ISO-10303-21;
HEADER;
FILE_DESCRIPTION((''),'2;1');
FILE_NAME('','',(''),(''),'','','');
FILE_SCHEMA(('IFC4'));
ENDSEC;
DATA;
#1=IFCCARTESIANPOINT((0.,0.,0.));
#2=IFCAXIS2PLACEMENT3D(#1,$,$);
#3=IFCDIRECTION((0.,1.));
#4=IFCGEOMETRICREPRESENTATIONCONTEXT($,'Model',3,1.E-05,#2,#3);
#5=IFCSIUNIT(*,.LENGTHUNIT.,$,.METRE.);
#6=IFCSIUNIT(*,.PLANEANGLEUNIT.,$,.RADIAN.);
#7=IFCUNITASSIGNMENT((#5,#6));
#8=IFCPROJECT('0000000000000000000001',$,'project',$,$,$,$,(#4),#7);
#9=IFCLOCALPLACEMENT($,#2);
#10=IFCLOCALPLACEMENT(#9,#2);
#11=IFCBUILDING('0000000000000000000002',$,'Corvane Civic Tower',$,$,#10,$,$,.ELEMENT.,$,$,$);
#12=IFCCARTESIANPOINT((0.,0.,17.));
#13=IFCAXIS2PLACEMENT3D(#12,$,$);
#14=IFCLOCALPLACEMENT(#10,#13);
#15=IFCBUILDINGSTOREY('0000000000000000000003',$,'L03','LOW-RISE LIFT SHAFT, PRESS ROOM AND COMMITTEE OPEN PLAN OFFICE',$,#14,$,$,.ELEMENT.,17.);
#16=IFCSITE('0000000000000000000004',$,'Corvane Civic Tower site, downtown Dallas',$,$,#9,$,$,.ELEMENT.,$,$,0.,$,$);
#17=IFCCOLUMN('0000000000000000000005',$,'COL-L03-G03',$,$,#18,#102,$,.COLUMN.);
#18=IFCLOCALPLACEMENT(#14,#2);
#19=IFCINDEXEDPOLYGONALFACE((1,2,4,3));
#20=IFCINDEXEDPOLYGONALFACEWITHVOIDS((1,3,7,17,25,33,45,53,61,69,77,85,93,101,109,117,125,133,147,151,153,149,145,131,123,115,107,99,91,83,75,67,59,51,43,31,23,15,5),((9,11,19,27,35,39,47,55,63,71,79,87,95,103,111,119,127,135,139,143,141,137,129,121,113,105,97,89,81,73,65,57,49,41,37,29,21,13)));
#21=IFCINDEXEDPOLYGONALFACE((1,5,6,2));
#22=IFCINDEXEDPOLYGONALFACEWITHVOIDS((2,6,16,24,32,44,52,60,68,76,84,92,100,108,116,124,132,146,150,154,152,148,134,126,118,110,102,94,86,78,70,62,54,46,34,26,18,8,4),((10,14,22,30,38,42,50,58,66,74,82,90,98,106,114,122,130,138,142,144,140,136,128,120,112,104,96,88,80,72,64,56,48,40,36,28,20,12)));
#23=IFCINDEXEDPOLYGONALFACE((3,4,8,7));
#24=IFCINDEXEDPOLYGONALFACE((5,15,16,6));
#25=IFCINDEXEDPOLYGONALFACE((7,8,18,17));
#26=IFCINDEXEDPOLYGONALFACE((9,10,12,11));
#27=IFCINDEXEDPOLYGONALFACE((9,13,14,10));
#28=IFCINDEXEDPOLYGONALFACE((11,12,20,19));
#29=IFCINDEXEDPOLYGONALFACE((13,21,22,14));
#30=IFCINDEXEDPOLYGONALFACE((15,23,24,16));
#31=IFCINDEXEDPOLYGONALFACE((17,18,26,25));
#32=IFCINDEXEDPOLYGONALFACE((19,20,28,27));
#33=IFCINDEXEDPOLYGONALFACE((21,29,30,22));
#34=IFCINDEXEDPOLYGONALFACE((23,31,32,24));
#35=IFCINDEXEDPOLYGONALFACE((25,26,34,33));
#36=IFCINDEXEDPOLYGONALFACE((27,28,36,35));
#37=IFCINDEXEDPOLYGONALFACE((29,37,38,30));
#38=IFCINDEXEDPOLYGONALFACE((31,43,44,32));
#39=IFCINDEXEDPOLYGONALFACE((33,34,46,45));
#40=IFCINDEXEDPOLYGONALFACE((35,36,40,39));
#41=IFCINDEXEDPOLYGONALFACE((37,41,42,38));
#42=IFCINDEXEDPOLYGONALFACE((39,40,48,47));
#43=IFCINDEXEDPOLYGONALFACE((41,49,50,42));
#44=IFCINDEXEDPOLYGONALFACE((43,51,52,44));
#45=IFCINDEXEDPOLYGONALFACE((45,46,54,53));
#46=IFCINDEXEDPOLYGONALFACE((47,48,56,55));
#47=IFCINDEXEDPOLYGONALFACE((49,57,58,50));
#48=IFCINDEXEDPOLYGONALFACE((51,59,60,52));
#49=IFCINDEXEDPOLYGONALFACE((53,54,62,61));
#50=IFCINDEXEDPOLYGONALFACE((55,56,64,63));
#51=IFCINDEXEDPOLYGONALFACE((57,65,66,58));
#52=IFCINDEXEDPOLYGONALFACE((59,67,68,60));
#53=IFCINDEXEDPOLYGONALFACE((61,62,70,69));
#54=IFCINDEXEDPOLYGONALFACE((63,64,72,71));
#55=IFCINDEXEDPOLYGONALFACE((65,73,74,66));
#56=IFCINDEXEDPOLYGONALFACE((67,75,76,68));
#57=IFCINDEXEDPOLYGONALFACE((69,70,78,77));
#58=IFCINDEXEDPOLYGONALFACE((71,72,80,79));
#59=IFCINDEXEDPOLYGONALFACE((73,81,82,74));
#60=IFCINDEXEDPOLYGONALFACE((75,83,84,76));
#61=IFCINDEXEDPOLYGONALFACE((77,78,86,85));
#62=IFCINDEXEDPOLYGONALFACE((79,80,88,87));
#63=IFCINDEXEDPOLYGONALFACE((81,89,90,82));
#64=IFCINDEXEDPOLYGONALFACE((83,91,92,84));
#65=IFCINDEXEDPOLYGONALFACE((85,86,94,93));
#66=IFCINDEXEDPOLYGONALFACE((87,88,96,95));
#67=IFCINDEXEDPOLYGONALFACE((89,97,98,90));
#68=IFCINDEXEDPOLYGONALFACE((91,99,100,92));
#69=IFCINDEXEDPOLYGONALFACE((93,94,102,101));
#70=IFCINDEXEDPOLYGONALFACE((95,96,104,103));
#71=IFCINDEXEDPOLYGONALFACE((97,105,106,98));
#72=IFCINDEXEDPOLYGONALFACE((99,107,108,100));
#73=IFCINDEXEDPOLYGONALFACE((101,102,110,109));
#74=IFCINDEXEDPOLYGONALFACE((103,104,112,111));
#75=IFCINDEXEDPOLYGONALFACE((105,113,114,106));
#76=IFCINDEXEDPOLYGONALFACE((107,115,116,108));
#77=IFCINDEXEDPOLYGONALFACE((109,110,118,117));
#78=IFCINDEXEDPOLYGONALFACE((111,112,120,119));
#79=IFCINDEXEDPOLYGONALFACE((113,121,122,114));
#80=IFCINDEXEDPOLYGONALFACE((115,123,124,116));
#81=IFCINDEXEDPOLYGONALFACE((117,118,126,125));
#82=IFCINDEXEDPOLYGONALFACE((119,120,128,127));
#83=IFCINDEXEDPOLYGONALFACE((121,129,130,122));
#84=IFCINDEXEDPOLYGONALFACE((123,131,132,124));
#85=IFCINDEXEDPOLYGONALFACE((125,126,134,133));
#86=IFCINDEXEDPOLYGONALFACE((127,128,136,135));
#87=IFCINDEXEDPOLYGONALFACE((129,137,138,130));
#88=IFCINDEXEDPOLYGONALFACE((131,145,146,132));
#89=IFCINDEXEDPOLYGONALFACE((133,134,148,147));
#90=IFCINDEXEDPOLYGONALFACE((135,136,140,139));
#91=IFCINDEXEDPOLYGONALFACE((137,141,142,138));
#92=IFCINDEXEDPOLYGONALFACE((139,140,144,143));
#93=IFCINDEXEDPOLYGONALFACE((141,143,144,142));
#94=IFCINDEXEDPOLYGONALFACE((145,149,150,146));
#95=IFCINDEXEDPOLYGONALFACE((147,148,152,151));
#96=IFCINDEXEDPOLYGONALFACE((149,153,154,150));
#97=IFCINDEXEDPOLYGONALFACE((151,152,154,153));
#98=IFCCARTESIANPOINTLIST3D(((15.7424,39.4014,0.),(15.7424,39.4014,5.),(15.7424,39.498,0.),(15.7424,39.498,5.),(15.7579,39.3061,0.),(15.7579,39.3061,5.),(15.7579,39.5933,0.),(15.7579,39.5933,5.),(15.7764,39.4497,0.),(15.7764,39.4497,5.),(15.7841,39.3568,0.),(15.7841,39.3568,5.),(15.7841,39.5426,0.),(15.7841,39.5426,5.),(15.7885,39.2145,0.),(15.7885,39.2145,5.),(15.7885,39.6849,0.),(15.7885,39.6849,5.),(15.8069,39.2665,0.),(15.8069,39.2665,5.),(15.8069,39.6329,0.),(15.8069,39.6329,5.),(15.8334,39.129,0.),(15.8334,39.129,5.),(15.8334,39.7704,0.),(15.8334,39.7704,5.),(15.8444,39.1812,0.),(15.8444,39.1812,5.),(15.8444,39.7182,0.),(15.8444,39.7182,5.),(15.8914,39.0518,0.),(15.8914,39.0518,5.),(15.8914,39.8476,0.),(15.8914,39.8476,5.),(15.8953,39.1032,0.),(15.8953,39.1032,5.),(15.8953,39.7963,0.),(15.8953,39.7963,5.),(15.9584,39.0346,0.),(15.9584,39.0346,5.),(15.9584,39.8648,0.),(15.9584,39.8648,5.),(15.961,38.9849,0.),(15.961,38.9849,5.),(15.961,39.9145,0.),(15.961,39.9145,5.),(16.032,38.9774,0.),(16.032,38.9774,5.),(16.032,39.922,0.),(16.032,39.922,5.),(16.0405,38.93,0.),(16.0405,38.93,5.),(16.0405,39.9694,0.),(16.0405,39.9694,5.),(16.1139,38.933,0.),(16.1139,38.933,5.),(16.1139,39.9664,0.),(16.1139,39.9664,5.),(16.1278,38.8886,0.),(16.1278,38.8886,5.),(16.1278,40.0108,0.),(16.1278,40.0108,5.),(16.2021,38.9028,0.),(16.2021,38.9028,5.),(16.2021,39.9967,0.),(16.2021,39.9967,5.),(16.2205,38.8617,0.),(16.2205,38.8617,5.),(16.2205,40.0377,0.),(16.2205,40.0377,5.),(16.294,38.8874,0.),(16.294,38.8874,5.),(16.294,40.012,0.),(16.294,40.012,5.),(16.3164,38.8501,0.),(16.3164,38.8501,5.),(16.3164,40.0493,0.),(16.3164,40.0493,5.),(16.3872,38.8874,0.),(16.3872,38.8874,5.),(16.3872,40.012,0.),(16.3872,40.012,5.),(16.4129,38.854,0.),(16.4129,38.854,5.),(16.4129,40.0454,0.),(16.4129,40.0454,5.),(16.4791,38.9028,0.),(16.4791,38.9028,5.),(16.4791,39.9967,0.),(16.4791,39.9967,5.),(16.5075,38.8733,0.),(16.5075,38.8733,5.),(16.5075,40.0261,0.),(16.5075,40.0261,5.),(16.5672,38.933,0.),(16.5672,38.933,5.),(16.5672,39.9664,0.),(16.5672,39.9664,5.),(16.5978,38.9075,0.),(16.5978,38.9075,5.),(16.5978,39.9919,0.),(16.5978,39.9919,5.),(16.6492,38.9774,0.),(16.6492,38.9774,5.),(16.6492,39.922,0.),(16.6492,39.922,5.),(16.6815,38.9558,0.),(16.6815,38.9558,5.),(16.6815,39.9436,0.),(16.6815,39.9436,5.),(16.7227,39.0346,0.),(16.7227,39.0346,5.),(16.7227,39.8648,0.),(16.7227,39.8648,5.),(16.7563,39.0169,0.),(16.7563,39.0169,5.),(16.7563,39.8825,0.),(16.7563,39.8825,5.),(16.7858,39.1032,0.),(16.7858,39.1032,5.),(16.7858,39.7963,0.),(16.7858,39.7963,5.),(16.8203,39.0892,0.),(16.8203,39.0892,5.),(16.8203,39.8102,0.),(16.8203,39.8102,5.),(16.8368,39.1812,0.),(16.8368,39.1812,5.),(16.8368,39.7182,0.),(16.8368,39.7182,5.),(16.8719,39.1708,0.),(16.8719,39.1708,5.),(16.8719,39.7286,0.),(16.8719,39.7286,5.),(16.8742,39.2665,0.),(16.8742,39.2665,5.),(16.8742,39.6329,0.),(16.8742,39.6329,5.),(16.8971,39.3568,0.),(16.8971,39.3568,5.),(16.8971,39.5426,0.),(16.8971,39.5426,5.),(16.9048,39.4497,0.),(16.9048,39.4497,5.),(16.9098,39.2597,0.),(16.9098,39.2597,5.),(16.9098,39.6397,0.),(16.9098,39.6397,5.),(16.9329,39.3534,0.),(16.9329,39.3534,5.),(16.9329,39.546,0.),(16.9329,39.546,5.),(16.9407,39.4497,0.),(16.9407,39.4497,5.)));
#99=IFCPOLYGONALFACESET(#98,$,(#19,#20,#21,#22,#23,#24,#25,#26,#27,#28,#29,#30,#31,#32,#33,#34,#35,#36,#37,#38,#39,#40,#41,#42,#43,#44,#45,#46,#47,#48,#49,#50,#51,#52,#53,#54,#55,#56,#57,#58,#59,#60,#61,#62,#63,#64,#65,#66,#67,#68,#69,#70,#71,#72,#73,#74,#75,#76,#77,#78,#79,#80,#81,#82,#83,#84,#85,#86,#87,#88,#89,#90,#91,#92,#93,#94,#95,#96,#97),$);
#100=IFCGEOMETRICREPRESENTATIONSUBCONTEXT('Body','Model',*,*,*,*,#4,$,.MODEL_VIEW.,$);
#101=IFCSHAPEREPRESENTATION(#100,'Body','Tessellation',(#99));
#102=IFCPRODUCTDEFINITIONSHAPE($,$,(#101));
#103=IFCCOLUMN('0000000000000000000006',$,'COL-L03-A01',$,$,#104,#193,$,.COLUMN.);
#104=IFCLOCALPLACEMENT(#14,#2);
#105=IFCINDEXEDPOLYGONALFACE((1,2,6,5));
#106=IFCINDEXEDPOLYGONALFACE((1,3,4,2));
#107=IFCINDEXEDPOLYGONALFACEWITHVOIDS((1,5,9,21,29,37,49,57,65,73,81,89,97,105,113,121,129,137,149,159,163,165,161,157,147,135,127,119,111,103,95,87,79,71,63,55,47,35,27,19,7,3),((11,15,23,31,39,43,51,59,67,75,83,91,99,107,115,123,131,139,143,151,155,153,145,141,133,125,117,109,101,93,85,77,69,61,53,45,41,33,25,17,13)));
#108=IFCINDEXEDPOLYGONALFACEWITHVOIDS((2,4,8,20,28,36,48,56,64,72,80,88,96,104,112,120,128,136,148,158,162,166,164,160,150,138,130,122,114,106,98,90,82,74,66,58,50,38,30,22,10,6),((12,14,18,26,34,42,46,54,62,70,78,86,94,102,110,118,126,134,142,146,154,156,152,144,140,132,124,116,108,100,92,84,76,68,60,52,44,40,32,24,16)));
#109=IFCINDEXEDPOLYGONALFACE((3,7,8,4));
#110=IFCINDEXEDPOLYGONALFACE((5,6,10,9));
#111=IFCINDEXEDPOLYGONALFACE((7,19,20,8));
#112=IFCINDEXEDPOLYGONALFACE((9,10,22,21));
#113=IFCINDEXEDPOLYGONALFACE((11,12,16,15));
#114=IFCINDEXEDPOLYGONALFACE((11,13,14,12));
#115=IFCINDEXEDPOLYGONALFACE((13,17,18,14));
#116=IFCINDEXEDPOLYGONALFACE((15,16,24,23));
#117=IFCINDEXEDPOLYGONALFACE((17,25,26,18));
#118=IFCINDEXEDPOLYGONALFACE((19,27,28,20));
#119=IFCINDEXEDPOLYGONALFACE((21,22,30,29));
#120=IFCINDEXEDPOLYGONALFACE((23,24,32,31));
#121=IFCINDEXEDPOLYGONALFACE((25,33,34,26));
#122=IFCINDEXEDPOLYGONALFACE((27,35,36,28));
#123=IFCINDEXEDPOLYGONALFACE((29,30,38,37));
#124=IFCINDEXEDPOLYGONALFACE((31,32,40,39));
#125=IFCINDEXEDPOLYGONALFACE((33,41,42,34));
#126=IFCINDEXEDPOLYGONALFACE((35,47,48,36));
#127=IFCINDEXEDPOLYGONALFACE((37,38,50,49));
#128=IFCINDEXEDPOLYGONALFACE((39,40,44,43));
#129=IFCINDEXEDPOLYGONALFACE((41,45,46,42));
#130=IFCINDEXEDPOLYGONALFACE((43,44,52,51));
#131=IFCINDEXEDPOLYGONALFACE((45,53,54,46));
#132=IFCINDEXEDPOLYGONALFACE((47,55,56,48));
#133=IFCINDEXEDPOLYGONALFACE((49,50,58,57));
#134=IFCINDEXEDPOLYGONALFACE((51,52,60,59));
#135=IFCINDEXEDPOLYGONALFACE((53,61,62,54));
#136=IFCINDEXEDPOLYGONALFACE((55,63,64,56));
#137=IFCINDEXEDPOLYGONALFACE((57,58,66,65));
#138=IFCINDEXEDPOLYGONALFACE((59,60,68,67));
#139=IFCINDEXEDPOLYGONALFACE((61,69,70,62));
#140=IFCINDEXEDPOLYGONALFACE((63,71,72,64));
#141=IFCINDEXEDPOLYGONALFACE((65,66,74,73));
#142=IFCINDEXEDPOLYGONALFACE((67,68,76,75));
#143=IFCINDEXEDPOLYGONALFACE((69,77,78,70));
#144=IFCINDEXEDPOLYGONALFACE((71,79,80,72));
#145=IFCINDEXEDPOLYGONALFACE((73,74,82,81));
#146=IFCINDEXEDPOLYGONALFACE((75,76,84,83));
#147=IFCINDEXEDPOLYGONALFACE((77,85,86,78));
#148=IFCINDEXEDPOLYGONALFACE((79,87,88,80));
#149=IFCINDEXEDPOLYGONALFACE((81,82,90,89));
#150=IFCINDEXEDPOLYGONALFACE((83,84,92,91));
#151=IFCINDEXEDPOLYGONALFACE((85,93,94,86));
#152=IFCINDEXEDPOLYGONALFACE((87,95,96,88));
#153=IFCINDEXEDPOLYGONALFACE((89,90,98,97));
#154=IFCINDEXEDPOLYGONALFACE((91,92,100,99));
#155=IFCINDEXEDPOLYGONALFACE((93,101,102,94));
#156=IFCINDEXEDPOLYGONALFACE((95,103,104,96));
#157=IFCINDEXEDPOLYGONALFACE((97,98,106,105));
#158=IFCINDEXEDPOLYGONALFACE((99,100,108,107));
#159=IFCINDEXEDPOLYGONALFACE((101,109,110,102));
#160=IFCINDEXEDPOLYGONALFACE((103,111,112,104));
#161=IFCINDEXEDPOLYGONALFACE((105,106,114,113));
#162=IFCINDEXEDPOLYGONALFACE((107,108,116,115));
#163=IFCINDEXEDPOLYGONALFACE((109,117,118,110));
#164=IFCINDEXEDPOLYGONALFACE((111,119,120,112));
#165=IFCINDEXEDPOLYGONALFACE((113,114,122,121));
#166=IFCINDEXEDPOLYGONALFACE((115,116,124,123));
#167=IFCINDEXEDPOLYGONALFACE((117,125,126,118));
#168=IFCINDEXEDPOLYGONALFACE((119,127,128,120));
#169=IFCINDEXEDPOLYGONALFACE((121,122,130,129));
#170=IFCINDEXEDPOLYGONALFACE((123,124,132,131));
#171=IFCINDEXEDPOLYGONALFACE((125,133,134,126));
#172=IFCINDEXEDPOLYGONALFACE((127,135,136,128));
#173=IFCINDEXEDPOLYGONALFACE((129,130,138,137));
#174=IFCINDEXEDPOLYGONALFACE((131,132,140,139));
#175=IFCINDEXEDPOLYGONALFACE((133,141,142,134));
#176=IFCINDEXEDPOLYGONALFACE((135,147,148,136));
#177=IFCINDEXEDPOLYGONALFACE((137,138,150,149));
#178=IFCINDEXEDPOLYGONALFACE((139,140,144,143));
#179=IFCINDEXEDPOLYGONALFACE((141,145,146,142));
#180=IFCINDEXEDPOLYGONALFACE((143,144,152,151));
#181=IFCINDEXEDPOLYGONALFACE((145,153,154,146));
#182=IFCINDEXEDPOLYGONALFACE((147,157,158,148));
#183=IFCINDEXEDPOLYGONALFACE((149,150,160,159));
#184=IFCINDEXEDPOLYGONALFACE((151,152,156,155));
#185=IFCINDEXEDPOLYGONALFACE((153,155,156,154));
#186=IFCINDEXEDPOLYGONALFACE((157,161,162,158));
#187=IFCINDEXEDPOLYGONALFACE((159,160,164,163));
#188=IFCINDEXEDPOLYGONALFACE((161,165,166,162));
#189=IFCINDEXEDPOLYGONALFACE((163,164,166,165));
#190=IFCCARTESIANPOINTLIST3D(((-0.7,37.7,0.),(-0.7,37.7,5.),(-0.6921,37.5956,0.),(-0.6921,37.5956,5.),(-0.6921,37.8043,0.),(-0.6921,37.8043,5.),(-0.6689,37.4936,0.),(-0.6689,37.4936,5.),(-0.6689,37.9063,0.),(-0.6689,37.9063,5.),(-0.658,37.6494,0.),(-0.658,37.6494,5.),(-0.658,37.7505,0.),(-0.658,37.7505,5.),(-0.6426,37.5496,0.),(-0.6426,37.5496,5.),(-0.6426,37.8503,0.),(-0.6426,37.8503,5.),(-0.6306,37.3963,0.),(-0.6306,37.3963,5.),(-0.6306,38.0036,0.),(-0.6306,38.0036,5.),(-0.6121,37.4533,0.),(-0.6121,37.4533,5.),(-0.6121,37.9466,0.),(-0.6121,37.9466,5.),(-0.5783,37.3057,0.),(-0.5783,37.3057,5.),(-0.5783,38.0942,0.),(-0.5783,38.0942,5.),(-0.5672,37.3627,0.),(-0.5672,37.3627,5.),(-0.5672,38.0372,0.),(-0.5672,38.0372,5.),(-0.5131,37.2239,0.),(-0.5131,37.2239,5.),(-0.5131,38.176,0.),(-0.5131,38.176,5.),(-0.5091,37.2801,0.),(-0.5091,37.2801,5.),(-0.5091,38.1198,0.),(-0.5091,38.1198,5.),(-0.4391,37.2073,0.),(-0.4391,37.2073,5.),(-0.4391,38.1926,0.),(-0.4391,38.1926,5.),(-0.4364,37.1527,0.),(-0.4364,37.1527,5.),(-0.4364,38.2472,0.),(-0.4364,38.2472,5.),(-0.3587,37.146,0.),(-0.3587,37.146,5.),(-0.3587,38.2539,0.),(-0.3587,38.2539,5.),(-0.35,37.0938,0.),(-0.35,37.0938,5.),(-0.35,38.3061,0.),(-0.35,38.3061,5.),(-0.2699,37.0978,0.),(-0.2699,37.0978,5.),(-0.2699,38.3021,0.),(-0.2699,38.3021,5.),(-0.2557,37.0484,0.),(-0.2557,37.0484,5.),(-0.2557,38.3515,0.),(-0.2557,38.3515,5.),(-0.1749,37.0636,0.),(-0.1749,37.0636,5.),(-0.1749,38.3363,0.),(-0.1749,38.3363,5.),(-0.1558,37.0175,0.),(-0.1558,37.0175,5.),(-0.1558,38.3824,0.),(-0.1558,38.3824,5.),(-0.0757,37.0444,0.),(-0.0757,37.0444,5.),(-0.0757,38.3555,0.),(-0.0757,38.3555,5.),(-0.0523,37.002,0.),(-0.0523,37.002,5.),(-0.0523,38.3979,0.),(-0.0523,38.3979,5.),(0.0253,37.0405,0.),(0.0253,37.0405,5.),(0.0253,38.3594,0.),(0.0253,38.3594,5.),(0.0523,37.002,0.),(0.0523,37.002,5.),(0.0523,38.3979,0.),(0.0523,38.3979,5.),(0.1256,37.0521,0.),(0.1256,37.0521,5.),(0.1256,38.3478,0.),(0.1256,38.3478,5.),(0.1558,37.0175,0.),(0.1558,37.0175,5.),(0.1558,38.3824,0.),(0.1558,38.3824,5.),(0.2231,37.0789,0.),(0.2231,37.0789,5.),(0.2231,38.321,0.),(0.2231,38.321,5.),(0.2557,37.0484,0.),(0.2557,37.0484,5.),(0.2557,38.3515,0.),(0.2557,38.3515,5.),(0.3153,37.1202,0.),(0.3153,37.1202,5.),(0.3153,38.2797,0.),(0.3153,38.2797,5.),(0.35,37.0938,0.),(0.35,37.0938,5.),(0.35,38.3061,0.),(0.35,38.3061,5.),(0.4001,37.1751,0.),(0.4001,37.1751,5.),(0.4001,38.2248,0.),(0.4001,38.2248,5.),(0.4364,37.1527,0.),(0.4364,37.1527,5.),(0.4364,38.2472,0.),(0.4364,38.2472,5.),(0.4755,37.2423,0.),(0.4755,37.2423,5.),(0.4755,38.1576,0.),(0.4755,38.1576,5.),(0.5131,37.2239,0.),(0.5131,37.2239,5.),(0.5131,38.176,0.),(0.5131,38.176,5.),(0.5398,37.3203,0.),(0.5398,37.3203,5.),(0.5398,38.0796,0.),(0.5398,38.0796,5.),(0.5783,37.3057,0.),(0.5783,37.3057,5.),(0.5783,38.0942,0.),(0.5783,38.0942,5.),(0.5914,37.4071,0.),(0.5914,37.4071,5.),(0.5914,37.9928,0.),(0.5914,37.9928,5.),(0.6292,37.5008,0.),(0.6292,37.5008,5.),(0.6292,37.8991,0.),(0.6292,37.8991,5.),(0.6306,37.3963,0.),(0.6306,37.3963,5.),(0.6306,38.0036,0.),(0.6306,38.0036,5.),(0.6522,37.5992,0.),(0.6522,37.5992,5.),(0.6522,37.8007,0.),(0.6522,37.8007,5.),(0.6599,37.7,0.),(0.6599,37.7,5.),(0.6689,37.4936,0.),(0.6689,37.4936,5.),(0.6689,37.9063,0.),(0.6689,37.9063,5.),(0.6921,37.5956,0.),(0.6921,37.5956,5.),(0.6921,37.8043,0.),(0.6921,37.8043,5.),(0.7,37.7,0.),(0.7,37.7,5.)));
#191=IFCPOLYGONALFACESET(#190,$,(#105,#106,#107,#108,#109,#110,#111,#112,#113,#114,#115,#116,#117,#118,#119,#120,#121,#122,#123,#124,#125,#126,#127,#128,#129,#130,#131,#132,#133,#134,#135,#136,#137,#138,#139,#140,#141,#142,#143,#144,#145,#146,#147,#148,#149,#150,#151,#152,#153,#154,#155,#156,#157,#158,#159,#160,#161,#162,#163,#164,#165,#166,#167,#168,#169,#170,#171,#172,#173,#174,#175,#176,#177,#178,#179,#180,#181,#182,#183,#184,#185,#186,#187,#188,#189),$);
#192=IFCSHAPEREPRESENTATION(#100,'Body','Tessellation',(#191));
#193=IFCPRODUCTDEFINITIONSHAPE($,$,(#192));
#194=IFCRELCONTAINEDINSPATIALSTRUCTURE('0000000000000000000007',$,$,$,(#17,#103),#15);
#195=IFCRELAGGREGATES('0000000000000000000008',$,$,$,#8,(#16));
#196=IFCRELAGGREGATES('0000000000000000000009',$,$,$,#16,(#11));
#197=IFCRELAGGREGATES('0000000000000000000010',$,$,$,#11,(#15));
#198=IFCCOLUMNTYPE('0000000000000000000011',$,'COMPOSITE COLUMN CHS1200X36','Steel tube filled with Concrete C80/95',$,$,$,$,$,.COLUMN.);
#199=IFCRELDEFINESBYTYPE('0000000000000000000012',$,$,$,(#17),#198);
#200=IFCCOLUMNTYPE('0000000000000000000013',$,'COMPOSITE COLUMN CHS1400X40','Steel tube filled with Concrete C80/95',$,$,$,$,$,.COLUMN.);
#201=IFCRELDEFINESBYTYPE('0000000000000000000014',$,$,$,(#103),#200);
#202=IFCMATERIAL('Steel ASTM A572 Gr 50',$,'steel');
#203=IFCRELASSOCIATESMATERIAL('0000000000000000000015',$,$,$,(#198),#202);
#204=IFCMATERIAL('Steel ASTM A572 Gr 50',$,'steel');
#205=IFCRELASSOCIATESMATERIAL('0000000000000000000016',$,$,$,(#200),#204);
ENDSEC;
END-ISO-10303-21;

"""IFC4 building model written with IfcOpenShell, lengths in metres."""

from ifc_helpers import new_model, si_unit, direction, frame, origin, origin_2d, place, context, subcontext, project, spatial, hollow_circle, extrude, material, material_profile, profile_set, type_object, element, save


model = new_model("IFC4")

# Units and contexts
model_context = context("Model", 3, precision=1e-05, world=origin(), true_north=direction((0.0, 1.0)))
body_context = subcontext(model_context, "Body", "Model", "MODEL_VIEW")
ifc_project = project(units=[si_unit("LENGTHUNIT", "METRE"), si_unit("PLANEANGLEUNIT", "RADIAN")], contexts=[model_context])

# Site, building, storey
site_placement = place(None, origin())
site = spatial("IfcSite", under=ifc_project, at=site_placement, Name="Corvane Civic Tower site, downtown Dallas", CompositionType="ELEMENT", RefElevation=0.0)
building_placement = place(site_placement, origin())
building = spatial("IfcBuilding", under=site, at=building_placement, Name="Corvane Civic Tower", CompositionType="ELEMENT")
storey_placement = place(building_placement, frame((0.0, 0.0, 17.0)))
storey = spatial("IfcBuildingStorey", under=building, at=storey_placement, Name="L03", Description="LOW-RISE LIFT SHAFT, PRESS ROOM AND COMMITTEE OPEN PLAN OFFICE", CompositionType="ELEMENT", Elevation=17.0)

# Columns
ifc_material_1 = material(Name="Steel ASTM A572 Gr 50", Category="steel")
ifc_material_profile_1 = material_profile(ifc_material_1, hollow_circle(Radius=0.6001, WallThickness=0.0359, at=origin_2d()), Name="CHS1200X36")
ifc_profile_set_1 = profile_set([ifc_material_profile_1], Name="Steel ASTM A572 Gr 50")
column_type_1 = type_object("IfcColumnType", Name="COMPOSITE COLUMN CHS1200X36", Description="Steel tube filled with Concrete C80/95", PredefinedType="COLUMN", material=ifc_profile_set_1)
for number, where, z_axis, x_axis, name in (
    (1, (16.3406, 39.4497, 0.0), (0.0, 0.0, 1.0), (1.0, 0.0, 0.0), "COL-L03-G03"),
):
    element("IfcColumn", number, at=place(storey_placement, frame(where, z_axis=z_axis, x_axis=x_axis)), inside=storey, type_object=column_type_1, Name=name, PredefinedType="COLUMN", context=body_context, shape_type="SweptSolid", body=[
        extrude(hollow_circle(Radius=0.6001, WallThickness=0.0359, at=origin_2d()), origin(), (0.0, 0.0, 1.0), 5.0),
    ])
ifc_material_2 = material(Name="Steel ASTM A572 Gr 50", Category="steel")
ifc_material_profile_2 = material_profile(ifc_material_2, hollow_circle(Radius=0.7, WallThickness=0.04, at=origin_2d()), Name="CHS1400X40")
ifc_profile_set_2 = profile_set([ifc_material_profile_2], Name="Steel ASTM A572 Gr 50")
column_type_2 = type_object("IfcColumnType", Name="COMPOSITE COLUMN CHS1400X40", Description="Steel tube filled with Concrete C80/95", PredefinedType="COLUMN", material=ifc_profile_set_2)
for number, where, z_axis, x_axis, name in (
    (2, (0.0, 37.7, 0.0), (0.0, 0.0, 1.0), (1.0, 0.0, 0.0), "COL-L03-A01"),
):
    element("IfcColumn", number, at=place(storey_placement, frame(where, z_axis=z_axis, x_axis=x_axis)), inside=storey, type_object=column_type_2, Name=name, PredefinedType="COLUMN", context=body_context, shape_type="SweptSolid", body=[
        extrude(hollow_circle(Radius=0.7, WallThickness=0.04, at=origin_2d()), origin(), (0.0, 0.0, 1.0), 5.0),
    ])

save(model, "model.ifc")
